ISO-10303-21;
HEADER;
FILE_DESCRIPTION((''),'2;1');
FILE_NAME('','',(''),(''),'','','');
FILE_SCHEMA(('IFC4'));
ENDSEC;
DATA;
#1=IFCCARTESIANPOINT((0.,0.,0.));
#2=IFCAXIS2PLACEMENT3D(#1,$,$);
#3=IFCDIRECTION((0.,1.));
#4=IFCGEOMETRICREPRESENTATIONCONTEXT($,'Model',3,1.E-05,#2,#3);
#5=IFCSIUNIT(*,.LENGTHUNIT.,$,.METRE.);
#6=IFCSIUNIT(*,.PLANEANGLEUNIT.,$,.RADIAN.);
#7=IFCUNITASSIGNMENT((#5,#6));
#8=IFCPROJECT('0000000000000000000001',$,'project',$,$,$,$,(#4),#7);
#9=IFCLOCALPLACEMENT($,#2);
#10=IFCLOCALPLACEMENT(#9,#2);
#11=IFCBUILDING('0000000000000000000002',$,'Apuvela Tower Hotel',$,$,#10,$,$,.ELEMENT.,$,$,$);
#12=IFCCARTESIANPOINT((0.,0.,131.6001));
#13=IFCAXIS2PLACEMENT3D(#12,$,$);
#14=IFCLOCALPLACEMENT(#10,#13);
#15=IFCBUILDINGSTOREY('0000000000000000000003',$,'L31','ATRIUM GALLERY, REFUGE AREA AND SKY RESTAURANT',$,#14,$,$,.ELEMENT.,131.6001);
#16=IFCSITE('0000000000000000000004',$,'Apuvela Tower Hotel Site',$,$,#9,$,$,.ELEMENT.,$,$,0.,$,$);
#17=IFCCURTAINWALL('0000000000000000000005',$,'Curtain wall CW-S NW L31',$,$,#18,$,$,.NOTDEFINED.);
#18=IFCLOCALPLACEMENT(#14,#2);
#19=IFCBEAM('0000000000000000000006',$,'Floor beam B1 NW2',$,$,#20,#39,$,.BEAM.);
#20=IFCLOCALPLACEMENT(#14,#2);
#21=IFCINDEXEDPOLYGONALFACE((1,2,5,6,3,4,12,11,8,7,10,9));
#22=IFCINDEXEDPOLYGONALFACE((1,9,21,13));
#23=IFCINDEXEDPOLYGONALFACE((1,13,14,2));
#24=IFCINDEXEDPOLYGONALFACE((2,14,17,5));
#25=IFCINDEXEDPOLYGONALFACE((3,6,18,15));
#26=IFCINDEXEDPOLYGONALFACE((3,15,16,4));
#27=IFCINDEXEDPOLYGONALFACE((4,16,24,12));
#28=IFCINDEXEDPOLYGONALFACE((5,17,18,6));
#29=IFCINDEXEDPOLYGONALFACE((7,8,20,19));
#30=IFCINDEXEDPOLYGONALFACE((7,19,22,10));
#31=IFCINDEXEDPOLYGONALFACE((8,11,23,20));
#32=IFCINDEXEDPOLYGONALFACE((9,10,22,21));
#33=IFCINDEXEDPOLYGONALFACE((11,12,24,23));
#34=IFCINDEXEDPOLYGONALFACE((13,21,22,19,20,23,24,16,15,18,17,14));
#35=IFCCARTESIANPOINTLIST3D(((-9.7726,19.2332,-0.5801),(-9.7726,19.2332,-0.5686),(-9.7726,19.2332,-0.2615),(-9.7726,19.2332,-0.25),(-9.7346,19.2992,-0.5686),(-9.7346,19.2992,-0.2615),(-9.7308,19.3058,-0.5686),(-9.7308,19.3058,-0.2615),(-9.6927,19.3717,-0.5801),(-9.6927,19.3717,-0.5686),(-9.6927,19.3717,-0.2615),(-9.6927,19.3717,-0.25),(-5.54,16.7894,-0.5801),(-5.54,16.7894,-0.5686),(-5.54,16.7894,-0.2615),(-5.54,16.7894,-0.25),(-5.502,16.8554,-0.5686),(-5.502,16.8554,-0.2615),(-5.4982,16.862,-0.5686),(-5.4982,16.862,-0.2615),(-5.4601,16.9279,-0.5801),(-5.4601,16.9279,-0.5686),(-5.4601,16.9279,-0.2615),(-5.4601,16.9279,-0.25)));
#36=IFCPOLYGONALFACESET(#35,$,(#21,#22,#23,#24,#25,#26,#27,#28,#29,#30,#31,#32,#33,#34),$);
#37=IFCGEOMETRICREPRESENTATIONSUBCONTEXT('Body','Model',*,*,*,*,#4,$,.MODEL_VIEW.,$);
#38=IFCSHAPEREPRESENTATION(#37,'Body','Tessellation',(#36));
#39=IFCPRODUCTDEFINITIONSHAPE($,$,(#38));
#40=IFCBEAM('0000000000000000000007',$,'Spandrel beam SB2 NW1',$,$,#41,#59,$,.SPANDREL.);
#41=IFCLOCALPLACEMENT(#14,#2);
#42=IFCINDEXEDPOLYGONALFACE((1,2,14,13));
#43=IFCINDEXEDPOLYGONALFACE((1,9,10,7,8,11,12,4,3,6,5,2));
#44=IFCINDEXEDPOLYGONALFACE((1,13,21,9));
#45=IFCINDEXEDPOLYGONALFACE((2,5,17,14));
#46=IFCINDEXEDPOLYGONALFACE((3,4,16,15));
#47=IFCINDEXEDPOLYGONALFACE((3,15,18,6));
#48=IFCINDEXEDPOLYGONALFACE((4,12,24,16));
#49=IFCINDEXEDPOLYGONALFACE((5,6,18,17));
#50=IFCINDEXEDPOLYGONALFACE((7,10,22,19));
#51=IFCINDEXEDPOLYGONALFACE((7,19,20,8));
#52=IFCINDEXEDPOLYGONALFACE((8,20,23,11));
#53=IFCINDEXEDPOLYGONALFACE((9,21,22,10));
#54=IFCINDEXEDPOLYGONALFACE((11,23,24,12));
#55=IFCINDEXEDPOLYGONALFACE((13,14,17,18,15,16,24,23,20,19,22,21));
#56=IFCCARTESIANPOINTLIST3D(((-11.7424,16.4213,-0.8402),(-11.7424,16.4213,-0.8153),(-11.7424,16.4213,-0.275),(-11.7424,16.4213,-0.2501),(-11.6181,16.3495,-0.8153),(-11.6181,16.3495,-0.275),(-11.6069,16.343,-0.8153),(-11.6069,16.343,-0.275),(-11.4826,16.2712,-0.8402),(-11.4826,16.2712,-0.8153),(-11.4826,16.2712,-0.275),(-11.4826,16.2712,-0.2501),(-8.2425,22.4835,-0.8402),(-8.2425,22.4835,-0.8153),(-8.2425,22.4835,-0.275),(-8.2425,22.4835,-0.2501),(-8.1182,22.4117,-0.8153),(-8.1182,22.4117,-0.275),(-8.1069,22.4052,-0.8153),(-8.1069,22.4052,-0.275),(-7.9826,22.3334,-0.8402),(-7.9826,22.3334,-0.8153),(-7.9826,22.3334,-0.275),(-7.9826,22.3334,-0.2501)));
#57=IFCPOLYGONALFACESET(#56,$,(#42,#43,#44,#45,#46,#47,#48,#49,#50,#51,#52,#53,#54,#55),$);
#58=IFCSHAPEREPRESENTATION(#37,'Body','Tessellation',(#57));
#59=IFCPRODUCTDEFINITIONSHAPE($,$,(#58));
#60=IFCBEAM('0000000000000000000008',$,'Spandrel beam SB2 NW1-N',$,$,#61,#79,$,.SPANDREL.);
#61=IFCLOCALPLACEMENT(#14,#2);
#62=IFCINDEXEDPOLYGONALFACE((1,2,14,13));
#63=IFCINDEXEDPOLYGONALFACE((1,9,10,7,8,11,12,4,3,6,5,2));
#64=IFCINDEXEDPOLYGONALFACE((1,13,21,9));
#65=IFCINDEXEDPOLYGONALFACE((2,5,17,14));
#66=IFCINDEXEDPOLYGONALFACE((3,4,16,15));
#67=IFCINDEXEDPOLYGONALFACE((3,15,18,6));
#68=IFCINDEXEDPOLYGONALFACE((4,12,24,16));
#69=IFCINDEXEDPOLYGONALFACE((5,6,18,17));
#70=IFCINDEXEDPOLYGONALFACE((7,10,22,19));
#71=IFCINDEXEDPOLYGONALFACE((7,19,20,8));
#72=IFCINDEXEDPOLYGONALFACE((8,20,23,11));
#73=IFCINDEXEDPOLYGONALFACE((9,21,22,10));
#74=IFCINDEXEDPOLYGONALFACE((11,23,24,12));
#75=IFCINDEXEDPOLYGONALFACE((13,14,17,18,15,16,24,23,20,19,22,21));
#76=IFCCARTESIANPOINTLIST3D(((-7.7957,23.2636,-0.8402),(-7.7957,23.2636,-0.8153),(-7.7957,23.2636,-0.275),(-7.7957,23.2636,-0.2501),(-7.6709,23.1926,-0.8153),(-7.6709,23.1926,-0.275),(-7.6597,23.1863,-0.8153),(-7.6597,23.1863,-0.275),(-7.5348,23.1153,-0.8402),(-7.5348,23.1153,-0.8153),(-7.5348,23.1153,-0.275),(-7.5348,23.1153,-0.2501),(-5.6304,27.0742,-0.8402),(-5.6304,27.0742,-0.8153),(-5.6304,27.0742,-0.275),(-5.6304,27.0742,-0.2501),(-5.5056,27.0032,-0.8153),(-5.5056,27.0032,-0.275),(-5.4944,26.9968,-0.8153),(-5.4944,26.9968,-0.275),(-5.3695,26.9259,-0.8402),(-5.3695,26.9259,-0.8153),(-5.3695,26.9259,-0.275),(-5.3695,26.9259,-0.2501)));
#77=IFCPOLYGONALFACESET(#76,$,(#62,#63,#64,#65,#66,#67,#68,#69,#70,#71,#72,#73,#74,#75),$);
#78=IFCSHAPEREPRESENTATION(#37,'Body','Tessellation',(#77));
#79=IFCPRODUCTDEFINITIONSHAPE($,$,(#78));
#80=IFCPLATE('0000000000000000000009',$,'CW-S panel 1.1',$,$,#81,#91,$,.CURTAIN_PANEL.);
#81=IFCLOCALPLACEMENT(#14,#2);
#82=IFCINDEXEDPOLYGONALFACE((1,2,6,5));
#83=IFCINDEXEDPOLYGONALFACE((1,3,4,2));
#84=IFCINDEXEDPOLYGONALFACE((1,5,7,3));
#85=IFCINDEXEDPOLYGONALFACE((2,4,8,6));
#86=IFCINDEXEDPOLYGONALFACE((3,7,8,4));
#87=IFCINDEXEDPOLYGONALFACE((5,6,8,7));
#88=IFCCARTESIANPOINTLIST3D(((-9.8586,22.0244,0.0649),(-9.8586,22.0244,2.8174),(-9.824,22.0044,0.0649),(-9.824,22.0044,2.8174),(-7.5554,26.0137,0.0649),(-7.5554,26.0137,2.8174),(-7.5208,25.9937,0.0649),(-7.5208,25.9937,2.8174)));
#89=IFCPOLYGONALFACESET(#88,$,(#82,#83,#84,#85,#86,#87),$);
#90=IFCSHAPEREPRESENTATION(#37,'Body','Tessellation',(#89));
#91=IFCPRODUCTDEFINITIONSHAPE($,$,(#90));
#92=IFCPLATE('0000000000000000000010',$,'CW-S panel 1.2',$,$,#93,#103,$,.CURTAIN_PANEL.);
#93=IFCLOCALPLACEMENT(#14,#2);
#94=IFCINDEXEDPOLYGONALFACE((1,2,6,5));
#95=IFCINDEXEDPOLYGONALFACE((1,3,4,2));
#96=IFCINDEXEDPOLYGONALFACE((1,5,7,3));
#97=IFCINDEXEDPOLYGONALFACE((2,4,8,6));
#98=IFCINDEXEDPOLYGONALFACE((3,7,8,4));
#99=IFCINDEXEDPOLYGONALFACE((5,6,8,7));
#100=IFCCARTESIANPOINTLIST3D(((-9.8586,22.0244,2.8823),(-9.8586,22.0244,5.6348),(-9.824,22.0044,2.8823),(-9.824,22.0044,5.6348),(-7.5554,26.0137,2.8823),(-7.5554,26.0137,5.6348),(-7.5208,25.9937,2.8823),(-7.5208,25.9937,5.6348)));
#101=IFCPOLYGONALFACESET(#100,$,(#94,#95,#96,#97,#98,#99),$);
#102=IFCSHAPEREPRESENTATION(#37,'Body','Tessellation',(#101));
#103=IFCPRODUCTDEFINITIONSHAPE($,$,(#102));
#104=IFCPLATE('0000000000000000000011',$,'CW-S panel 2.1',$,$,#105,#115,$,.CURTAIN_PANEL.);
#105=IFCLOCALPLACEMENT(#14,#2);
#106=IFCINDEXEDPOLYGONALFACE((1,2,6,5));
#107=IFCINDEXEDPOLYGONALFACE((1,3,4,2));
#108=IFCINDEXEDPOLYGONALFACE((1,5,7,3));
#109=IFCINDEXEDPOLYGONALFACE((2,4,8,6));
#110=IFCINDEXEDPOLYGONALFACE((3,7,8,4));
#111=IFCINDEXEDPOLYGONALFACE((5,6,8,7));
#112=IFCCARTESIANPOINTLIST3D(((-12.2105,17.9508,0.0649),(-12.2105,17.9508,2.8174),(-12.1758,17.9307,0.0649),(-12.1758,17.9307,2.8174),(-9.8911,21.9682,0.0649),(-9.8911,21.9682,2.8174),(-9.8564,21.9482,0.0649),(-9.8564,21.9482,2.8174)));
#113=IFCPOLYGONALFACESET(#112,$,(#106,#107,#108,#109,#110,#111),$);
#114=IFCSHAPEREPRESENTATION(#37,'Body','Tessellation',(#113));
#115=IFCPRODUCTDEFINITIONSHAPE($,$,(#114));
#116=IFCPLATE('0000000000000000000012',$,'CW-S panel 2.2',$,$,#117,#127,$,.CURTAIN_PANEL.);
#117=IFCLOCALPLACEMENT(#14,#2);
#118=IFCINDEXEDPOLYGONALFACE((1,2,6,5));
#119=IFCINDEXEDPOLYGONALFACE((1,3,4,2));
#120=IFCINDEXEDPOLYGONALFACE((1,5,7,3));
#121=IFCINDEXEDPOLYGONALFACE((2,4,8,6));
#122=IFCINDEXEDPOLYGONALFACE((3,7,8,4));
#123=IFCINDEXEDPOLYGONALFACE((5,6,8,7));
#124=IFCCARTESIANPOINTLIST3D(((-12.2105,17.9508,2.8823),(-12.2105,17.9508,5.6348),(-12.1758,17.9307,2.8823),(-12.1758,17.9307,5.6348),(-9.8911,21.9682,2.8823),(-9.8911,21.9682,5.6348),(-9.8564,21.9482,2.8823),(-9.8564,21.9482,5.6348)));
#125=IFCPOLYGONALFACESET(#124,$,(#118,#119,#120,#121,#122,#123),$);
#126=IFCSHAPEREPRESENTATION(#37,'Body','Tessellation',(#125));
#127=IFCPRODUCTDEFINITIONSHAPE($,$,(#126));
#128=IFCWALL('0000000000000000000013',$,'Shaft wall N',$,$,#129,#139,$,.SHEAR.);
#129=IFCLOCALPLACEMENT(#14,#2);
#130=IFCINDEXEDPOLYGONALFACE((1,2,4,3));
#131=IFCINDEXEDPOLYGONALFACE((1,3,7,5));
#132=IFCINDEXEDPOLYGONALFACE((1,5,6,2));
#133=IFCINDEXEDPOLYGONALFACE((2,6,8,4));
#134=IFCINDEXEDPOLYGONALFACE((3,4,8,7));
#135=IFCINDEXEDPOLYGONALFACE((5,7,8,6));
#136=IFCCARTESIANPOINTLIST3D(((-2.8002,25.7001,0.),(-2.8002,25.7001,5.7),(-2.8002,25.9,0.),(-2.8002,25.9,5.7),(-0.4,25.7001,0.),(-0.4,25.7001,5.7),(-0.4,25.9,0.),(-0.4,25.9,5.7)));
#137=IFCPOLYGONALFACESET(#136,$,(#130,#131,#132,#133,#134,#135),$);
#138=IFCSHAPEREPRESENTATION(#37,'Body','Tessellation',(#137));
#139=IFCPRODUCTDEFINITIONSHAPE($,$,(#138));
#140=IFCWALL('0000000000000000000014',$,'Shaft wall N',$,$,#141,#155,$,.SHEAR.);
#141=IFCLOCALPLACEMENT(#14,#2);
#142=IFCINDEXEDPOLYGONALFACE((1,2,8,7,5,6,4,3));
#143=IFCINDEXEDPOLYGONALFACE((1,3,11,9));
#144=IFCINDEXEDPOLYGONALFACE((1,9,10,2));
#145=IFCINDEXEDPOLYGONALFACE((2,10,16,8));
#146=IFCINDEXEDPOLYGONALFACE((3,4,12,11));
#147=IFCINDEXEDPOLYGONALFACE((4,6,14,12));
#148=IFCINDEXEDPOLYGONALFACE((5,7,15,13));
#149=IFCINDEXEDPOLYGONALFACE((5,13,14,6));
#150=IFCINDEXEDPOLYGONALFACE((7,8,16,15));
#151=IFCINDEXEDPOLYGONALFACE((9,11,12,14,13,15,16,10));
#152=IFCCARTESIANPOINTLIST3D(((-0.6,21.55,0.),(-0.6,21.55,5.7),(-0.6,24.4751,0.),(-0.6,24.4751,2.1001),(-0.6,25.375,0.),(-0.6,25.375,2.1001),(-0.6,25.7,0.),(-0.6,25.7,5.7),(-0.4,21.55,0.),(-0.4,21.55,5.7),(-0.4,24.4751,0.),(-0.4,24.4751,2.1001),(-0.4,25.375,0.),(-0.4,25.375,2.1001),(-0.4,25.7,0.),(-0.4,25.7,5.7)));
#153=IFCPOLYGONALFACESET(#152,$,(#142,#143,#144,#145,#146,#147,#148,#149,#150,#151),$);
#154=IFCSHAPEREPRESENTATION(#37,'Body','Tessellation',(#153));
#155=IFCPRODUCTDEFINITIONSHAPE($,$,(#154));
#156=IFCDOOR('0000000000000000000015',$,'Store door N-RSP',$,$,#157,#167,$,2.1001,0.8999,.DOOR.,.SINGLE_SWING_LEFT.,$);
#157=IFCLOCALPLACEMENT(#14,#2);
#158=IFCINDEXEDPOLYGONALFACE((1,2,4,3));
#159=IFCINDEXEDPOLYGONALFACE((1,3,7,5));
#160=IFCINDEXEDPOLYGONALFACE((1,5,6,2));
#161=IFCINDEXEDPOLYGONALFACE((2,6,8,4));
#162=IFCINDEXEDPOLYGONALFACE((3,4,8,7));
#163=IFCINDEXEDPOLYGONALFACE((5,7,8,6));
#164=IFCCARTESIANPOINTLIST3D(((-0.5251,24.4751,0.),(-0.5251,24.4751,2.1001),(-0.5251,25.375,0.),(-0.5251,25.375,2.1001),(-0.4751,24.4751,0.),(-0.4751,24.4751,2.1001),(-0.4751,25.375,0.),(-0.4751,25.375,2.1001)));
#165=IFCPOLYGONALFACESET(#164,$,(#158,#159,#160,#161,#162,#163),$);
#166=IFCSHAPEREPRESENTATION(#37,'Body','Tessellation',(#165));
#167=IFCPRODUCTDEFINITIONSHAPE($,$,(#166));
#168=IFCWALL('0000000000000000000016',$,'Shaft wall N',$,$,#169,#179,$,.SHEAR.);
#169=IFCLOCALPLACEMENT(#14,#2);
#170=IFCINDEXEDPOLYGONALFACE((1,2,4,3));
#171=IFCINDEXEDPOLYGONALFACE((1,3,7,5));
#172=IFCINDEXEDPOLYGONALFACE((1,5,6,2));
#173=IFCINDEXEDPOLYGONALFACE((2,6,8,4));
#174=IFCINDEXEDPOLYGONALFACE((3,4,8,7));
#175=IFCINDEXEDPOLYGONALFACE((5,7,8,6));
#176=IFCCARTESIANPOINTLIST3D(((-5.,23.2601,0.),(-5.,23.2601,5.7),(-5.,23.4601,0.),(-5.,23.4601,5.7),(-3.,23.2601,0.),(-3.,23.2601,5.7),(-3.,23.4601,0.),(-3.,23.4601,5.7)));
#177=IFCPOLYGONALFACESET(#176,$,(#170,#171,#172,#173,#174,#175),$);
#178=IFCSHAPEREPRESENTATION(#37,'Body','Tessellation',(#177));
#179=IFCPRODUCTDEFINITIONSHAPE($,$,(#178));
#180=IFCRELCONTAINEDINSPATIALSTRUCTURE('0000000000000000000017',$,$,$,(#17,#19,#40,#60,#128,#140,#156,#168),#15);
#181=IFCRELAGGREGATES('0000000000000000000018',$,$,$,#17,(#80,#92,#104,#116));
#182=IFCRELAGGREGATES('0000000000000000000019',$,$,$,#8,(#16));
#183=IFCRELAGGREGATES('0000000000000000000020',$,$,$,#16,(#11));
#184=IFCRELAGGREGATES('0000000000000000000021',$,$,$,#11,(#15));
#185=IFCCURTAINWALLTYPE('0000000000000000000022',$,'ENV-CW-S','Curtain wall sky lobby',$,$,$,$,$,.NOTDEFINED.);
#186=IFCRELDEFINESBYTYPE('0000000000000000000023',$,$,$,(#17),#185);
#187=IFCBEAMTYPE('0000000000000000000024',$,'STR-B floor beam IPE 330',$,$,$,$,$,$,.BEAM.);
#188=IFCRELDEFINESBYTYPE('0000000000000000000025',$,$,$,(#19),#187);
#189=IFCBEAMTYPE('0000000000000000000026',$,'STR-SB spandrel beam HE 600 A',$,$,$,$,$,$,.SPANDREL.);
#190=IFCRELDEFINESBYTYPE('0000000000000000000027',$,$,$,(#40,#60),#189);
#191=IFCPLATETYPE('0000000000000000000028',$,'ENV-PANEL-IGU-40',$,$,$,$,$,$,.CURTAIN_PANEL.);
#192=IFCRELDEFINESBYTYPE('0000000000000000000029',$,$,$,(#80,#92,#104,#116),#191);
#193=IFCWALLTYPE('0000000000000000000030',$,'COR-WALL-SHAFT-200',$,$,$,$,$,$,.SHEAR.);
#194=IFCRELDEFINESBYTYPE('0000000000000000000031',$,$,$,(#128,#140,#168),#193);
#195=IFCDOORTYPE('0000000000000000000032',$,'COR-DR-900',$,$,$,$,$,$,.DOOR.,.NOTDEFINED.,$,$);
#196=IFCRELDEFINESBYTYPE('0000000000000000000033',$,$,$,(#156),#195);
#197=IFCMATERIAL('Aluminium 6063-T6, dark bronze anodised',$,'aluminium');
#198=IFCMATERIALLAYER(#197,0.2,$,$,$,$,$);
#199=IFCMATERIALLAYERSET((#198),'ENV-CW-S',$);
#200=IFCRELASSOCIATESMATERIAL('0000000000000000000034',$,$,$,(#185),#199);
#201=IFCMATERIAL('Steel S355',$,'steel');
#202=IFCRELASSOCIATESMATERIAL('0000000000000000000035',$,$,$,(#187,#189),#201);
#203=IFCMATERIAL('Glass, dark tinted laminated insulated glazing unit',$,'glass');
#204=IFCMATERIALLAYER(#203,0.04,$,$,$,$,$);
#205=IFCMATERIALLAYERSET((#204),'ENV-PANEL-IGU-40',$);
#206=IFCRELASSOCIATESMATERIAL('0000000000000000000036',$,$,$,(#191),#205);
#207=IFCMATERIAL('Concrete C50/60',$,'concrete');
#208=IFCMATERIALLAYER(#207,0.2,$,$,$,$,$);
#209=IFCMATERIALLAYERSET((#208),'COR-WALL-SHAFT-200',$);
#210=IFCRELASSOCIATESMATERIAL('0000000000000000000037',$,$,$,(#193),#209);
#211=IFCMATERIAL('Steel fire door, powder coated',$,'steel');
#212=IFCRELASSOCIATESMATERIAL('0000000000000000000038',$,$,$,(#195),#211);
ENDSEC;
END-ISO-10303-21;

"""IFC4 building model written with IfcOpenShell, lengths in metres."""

from ifc_helpers import new_model, si_unit, direction, frame, frame_2d, origin, origin_2d, place, context, subcontext, project, spatial, rectangle, i_section, extrude, material, layer, layer_set, material_profile, profile_set, type_object, element, fill, aggregate, save


model = new_model("IFC4")

# Units and contexts
model_context = context("Model", 3, precision=1e-05, world=origin(), true_north=direction((0.0, 1.0)))
body_context = subcontext(model_context, "Body", "Model", "MODEL_VIEW")
ifc_project = project(units=[si_unit("LENGTHUNIT", "METRE"), si_unit("PLANEANGLEUNIT", "RADIAN")], contexts=[model_context])

# Site, building, storey
site_placement = place(None, origin())
site = spatial("IfcSite", under=ifc_project, at=site_placement, Name="Apuvela Tower Hotel Site", CompositionType="ELEMENT", RefElevation=0.0)
building_placement = place(site_placement, origin())
building = spatial("IfcBuilding", under=site, at=building_placement, Name="Apuvela Tower Hotel", CompositionType="ELEMENT")
storey_placement = place(building_placement, frame((0.0, 0.0, 131.6001)))
storey = spatial("IfcBuildingStorey", under=building, at=storey_placement, Name="L31", Description="ATRIUM GALLERY, REFUGE AREA AND SKY RESTAURANT", CompositionType="ELEMENT", Elevation=131.6001)

# Curtain wall
ifc_material_1 = material(Name="Aluminium 6063-T6, dark bronze anodised", Category="aluminium")
ifc_layer_1 = layer(ifc_material_1, 0.2)
ifc_layer_set_1 = layer_set([ifc_layer_1], Name="ENV-CW-S")
curtain_wall_type = type_object("IfcCurtainWallType", Name="ENV-CW-S", Description="Curtain wall sky lobby", PredefinedType="NOTDEFINED", material=ifc_layer_set_1)
curtain_wall_placement = place(storey_placement, origin())
curtain_wall = element("IfcCurtainWall", 1, at=curtain_wall_placement, inside=storey, type_object=curtain_wall_type, Name="Curtain wall CW-S NW L31", PredefinedType="NOTDEFINED")

# Beams
ifc_material_2 = material(Name="Steel S355", Category="steel")
ifc_material_profile_1 = material_profile(ifc_material_2, i_section(OverallWidth=0.1599, OverallDepth=0.3301, WebThickness=0.0076, FlangeThickness=0.0115, at=origin_2d()), Name="IPE 330")
ifc_profile_set_1 = profile_set([ifc_material_profile_1], Name="Steel S355")
beam_type_1 = type_object("IfcBeamType", Name="STR-B floor beam IPE 330", PredefinedType="BEAM", material=ifc_profile_set_1)
beam_1_placement = place(storey_placement, frame((-9.7327, 19.3025, -0.415), z_axis=(0.866015, -0.500018, 0.0), x_axis=(0.500018, 0.866015, 0.0)))
element("IfcBeam", 2, at=beam_1_placement, inside=storey, type_object=beam_type_1, Name="Floor beam B1 NW2", PredefinedType="BEAM", context=body_context, shape_type="SweptSolid", body=[
    extrude(i_section(OverallWidth=0.1599, OverallDepth=0.3301, WebThickness=0.0076, FlangeThickness=0.0115, at=origin_2d()), origin(), (0.0, 0.0, 1.0), 4.8875),
])
ifc_material_profile_2 = material_profile(ifc_material_2, i_section(OverallWidth=0.3, OverallDepth=0.5901, WebThickness=0.0129, FlangeThickness=0.0249, at=origin_2d()), Name="HE 600 A")
ifc_profile_set_2 = profile_set([ifc_material_profile_2], Name="Steel S355")
beam_type_2 = type_object("IfcBeamType", Name="STR-SB spandrel beam HE 600 A", PredefinedType="SPANDREL", material=ifc_profile_set_2)
beam_2_placement = place(storey_placement, frame((-8.1125, 22.4084, -0.5452), z_axis=(-0.499995, -0.866028, 0.0), x_axis=(0.866028, -0.499995, 0.0)))
element("IfcBeam", 3, at=beam_2_placement, inside=storey, type_object=beam_type_2, Name="Spandrel beam SB2 NW1", PredefinedType="SPANDREL", context=body_context, shape_type="SweptSolid", body=[
    extrude(i_section(OverallWidth=0.3, OverallDepth=0.5901, WebThickness=0.0129, FlangeThickness=0.0249, at=origin_2d()), origin(), (0.0, 0.0, 1.0), 7.0),
])
beam_3_placement = place(storey_placement, frame((-7.6653, 23.1895, -0.5452), z_axis=(0.494044, 0.869437, 0.0), x_axis=(-0.869437, 0.494044, 0.0)))
element("IfcBeam", 4, at=beam_3_placement, inside=storey, type_object=beam_type_2, Name="Spandrel beam SB2 NW1-N", PredefinedType="SPANDREL", context=body_context, shape_type="SweptSolid", body=[
    extrude(i_section(OverallWidth=0.3, OverallDepth=0.5901, WebThickness=0.0129, FlangeThickness=0.0249, at=origin_2d()), origin(), (0.0, 0.0, 1.0), 4.3828),
])

# Plates
ifc_material_3 = material(Name="Glass, dark tinted laminated insulated glazing unit", Category="glass")
ifc_layer_2 = layer(ifc_material_3, 0.04)
ifc_layer_set_2 = layer_set([ifc_layer_2], Name="ENV-PANEL-IGU-40")
plate_type = type_object("IfcPlateType", Name="ENV-PANEL-IGU-40", PredefinedType="CURTAIN_PANEL", material=ifc_layer_set_2)
plate_1_placement = place(storey_placement, frame((-8.6897, 24.009, 0.0649), z_axis=(0.0, 0.0, 1.0), x_axis=(-0.499999, -0.866026, 0.0)))
plate_1 = element("IfcPlate", 5, at=plate_1_placement, type_object=plate_type, Name="CW-S panel 1.1", PredefinedType="CURTAIN_PANEL", context=body_context, shape_type="SweptSolid", body=[
    extrude(rectangle(XDim=4.6064, YDim=0.04, at=origin_2d()), origin(), (0.0, 0.0, 1.0), 2.7524),
])
plate_2_placement = place(storey_placement, frame((-8.6897, 24.009, 2.8823), z_axis=(0.0, 0.0, 1.0), x_axis=(-0.499999, -0.866026, 0.0)))
plate_2 = element("IfcPlate", 6, at=plate_2_placement, type_object=plate_type, Name="CW-S panel 1.2", PredefinedType="CURTAIN_PANEL", context=body_context, shape_type="SweptSolid", body=[
    extrude(rectangle(XDim=4.6064, YDim=0.04, at=origin_2d()), origin(), (0.0, 0.0, 1.0), 2.7524),
])
plate_3_placement = place(storey_placement, frame((-11.0334, 19.9495, 0.0649), z_axis=(0.0, 0.0, 1.0), x_axis=(-0.499999, -0.866026, 0.0)))
plate_3 = element("IfcPlate", 7, at=plate_3_placement, type_object=plate_type, Name="CW-S panel 2.1", PredefinedType="CURTAIN_PANEL", context=body_context, shape_type="SweptSolid", body=[
    extrude(rectangle(XDim=4.6389, YDim=0.04, at=origin_2d()), origin(), (0.0, 0.0, 1.0), 2.7524),
])
plate_4_placement = place(storey_placement, frame((-11.0334, 19.9495, 2.8823), z_axis=(0.0, 0.0, 1.0), x_axis=(-0.499999, -0.866026, 0.0)))
plate_4 = element("IfcPlate", 8, at=plate_4_placement, type_object=plate_type, Name="CW-S panel 2.2", PredefinedType="CURTAIN_PANEL", context=body_context, shape_type="SweptSolid", body=[
    extrude(rectangle(XDim=4.6389, YDim=0.04, at=origin_2d()), origin(), (0.0, 0.0, 1.0), 2.7524),
])
aggregate(curtain_wall, [plate_1, plate_2, plate_3, plate_4])

# Wall
ifc_material_4 = material(Name="Concrete C50/60", Category="concrete")
ifc_layer_3 = layer(ifc_material_4, 0.2)
ifc_layer_set_3 = layer_set([ifc_layer_3], Name="COR-WALL-SHAFT-200")
wall_type_1 = type_object("IfcWallType", Name="COR-WALL-SHAFT-200", PredefinedType="SHEAR", material=ifc_layer_set_3)
wall_1_placement = place(storey_placement, frame((-0.3999, 25.8, 0.0), z_axis=(0.0, 0.0, 1.0), x_axis=(-1.0, 0.0, 0.0)))
element("IfcWall", 9, at=wall_1_placement, inside=storey, type_object=wall_type_1, Name="Shaft wall N", PredefinedType="SHEAR", context=body_context, shape_type="SweptSolid", body=[
    extrude(rectangle(XDim=2.4001, YDim=0.2, at=frame_2d((1.2002, 0.0))), origin(), (0.0, 0.0, 1.0), 5.7),
])

# Wall, opening, door
wall_2_placement = place(storey_placement, frame((-0.5, 21.55, 0.0), z_axis=(0.0, 0.0, 1.0), x_axis=(0.0, 1.0, 0.0)))
wall_2 = element("IfcWall", 10, at=wall_2_placement, inside=storey, type_object=wall_type_1, Name="Shaft wall N", PredefinedType="SHEAR", context=body_context, shape_type="SweptSolid", body=[
    extrude(rectangle(XDim=4.1499, YDim=0.2, at=frame_2d((2.075, 0.0))), origin(), (0.0, 0.0, 1.0), 5.7),
])
opening_placement = place(wall_2_placement, frame((2.925, 0.0, 0.0)))
opening = element("IfcOpeningElement", 11, at=opening_placement, cuts=wall_2, PredefinedType="OPENING", context=body_context, shape_type="SweptSolid", body=[
    extrude(rectangle(XDim=0.8999, YDim=2.1001, at=frame_2d((0.45, 1.05))), frame((0.0, 0.1099, 0.0), z_axis=(0.0, -1.0, 0.0), x_axis=(1.0, 0.0, 0.0)), (0.0, 0.0, 1.0), 0.22),
])
ifc_material_5 = material(Name="Steel fire door, powder coated", Category="steel")
door_type = type_object("IfcDoorType", Name="COR-DR-900", OperationType="NOTDEFINED", PredefinedType="DOOR", material=ifc_material_5)
door_placement = place(opening_placement, frame((0.8999, 0.0, 0.0), z_axis=(0.0, 0.0, 1.0), x_axis=(-1.0, 0.0, 0.0)))
door = element("IfcDoor", 12, at=door_placement, inside=storey, type_object=door_type, Name="Store door N-RSP", OperationType="SINGLE_SWING_LEFT", OverallHeight=2.1001, OverallWidth=0.8999, PredefinedType="DOOR", context=body_context, shape_type="SweptSolid", body=[
    extrude(rectangle(XDim=0.8999, YDim=2.1001, at=frame_2d((0.45, 1.05))), frame((0.0, 0.0249, 0.0), z_axis=(0.0, -1.0, 0.0), x_axis=(1.0, 0.0, 0.0)), (0.0, 0.0, 1.0), 0.05),
])
fill(opening, door)

# Wall
wall_3_placement = place(storey_placement, frame((-3.0, 23.3601, 0.0), z_axis=(0.0, 0.0, 1.0), x_axis=(-1.0, 0.0, 0.0)))
element("IfcWall", 13, at=wall_3_placement, inside=storey, type_object=wall_type_1, Name="Shaft wall N", PredefinedType="SHEAR", context=body_context, shape_type="SweptSolid", body=[
    extrude(rectangle(XDim=2.0, YDim=0.2, at=frame_2d((1.0, 0.0))), origin(), (0.0, 0.0, 1.0), 5.7),
])

save(model, "model.ifc")
